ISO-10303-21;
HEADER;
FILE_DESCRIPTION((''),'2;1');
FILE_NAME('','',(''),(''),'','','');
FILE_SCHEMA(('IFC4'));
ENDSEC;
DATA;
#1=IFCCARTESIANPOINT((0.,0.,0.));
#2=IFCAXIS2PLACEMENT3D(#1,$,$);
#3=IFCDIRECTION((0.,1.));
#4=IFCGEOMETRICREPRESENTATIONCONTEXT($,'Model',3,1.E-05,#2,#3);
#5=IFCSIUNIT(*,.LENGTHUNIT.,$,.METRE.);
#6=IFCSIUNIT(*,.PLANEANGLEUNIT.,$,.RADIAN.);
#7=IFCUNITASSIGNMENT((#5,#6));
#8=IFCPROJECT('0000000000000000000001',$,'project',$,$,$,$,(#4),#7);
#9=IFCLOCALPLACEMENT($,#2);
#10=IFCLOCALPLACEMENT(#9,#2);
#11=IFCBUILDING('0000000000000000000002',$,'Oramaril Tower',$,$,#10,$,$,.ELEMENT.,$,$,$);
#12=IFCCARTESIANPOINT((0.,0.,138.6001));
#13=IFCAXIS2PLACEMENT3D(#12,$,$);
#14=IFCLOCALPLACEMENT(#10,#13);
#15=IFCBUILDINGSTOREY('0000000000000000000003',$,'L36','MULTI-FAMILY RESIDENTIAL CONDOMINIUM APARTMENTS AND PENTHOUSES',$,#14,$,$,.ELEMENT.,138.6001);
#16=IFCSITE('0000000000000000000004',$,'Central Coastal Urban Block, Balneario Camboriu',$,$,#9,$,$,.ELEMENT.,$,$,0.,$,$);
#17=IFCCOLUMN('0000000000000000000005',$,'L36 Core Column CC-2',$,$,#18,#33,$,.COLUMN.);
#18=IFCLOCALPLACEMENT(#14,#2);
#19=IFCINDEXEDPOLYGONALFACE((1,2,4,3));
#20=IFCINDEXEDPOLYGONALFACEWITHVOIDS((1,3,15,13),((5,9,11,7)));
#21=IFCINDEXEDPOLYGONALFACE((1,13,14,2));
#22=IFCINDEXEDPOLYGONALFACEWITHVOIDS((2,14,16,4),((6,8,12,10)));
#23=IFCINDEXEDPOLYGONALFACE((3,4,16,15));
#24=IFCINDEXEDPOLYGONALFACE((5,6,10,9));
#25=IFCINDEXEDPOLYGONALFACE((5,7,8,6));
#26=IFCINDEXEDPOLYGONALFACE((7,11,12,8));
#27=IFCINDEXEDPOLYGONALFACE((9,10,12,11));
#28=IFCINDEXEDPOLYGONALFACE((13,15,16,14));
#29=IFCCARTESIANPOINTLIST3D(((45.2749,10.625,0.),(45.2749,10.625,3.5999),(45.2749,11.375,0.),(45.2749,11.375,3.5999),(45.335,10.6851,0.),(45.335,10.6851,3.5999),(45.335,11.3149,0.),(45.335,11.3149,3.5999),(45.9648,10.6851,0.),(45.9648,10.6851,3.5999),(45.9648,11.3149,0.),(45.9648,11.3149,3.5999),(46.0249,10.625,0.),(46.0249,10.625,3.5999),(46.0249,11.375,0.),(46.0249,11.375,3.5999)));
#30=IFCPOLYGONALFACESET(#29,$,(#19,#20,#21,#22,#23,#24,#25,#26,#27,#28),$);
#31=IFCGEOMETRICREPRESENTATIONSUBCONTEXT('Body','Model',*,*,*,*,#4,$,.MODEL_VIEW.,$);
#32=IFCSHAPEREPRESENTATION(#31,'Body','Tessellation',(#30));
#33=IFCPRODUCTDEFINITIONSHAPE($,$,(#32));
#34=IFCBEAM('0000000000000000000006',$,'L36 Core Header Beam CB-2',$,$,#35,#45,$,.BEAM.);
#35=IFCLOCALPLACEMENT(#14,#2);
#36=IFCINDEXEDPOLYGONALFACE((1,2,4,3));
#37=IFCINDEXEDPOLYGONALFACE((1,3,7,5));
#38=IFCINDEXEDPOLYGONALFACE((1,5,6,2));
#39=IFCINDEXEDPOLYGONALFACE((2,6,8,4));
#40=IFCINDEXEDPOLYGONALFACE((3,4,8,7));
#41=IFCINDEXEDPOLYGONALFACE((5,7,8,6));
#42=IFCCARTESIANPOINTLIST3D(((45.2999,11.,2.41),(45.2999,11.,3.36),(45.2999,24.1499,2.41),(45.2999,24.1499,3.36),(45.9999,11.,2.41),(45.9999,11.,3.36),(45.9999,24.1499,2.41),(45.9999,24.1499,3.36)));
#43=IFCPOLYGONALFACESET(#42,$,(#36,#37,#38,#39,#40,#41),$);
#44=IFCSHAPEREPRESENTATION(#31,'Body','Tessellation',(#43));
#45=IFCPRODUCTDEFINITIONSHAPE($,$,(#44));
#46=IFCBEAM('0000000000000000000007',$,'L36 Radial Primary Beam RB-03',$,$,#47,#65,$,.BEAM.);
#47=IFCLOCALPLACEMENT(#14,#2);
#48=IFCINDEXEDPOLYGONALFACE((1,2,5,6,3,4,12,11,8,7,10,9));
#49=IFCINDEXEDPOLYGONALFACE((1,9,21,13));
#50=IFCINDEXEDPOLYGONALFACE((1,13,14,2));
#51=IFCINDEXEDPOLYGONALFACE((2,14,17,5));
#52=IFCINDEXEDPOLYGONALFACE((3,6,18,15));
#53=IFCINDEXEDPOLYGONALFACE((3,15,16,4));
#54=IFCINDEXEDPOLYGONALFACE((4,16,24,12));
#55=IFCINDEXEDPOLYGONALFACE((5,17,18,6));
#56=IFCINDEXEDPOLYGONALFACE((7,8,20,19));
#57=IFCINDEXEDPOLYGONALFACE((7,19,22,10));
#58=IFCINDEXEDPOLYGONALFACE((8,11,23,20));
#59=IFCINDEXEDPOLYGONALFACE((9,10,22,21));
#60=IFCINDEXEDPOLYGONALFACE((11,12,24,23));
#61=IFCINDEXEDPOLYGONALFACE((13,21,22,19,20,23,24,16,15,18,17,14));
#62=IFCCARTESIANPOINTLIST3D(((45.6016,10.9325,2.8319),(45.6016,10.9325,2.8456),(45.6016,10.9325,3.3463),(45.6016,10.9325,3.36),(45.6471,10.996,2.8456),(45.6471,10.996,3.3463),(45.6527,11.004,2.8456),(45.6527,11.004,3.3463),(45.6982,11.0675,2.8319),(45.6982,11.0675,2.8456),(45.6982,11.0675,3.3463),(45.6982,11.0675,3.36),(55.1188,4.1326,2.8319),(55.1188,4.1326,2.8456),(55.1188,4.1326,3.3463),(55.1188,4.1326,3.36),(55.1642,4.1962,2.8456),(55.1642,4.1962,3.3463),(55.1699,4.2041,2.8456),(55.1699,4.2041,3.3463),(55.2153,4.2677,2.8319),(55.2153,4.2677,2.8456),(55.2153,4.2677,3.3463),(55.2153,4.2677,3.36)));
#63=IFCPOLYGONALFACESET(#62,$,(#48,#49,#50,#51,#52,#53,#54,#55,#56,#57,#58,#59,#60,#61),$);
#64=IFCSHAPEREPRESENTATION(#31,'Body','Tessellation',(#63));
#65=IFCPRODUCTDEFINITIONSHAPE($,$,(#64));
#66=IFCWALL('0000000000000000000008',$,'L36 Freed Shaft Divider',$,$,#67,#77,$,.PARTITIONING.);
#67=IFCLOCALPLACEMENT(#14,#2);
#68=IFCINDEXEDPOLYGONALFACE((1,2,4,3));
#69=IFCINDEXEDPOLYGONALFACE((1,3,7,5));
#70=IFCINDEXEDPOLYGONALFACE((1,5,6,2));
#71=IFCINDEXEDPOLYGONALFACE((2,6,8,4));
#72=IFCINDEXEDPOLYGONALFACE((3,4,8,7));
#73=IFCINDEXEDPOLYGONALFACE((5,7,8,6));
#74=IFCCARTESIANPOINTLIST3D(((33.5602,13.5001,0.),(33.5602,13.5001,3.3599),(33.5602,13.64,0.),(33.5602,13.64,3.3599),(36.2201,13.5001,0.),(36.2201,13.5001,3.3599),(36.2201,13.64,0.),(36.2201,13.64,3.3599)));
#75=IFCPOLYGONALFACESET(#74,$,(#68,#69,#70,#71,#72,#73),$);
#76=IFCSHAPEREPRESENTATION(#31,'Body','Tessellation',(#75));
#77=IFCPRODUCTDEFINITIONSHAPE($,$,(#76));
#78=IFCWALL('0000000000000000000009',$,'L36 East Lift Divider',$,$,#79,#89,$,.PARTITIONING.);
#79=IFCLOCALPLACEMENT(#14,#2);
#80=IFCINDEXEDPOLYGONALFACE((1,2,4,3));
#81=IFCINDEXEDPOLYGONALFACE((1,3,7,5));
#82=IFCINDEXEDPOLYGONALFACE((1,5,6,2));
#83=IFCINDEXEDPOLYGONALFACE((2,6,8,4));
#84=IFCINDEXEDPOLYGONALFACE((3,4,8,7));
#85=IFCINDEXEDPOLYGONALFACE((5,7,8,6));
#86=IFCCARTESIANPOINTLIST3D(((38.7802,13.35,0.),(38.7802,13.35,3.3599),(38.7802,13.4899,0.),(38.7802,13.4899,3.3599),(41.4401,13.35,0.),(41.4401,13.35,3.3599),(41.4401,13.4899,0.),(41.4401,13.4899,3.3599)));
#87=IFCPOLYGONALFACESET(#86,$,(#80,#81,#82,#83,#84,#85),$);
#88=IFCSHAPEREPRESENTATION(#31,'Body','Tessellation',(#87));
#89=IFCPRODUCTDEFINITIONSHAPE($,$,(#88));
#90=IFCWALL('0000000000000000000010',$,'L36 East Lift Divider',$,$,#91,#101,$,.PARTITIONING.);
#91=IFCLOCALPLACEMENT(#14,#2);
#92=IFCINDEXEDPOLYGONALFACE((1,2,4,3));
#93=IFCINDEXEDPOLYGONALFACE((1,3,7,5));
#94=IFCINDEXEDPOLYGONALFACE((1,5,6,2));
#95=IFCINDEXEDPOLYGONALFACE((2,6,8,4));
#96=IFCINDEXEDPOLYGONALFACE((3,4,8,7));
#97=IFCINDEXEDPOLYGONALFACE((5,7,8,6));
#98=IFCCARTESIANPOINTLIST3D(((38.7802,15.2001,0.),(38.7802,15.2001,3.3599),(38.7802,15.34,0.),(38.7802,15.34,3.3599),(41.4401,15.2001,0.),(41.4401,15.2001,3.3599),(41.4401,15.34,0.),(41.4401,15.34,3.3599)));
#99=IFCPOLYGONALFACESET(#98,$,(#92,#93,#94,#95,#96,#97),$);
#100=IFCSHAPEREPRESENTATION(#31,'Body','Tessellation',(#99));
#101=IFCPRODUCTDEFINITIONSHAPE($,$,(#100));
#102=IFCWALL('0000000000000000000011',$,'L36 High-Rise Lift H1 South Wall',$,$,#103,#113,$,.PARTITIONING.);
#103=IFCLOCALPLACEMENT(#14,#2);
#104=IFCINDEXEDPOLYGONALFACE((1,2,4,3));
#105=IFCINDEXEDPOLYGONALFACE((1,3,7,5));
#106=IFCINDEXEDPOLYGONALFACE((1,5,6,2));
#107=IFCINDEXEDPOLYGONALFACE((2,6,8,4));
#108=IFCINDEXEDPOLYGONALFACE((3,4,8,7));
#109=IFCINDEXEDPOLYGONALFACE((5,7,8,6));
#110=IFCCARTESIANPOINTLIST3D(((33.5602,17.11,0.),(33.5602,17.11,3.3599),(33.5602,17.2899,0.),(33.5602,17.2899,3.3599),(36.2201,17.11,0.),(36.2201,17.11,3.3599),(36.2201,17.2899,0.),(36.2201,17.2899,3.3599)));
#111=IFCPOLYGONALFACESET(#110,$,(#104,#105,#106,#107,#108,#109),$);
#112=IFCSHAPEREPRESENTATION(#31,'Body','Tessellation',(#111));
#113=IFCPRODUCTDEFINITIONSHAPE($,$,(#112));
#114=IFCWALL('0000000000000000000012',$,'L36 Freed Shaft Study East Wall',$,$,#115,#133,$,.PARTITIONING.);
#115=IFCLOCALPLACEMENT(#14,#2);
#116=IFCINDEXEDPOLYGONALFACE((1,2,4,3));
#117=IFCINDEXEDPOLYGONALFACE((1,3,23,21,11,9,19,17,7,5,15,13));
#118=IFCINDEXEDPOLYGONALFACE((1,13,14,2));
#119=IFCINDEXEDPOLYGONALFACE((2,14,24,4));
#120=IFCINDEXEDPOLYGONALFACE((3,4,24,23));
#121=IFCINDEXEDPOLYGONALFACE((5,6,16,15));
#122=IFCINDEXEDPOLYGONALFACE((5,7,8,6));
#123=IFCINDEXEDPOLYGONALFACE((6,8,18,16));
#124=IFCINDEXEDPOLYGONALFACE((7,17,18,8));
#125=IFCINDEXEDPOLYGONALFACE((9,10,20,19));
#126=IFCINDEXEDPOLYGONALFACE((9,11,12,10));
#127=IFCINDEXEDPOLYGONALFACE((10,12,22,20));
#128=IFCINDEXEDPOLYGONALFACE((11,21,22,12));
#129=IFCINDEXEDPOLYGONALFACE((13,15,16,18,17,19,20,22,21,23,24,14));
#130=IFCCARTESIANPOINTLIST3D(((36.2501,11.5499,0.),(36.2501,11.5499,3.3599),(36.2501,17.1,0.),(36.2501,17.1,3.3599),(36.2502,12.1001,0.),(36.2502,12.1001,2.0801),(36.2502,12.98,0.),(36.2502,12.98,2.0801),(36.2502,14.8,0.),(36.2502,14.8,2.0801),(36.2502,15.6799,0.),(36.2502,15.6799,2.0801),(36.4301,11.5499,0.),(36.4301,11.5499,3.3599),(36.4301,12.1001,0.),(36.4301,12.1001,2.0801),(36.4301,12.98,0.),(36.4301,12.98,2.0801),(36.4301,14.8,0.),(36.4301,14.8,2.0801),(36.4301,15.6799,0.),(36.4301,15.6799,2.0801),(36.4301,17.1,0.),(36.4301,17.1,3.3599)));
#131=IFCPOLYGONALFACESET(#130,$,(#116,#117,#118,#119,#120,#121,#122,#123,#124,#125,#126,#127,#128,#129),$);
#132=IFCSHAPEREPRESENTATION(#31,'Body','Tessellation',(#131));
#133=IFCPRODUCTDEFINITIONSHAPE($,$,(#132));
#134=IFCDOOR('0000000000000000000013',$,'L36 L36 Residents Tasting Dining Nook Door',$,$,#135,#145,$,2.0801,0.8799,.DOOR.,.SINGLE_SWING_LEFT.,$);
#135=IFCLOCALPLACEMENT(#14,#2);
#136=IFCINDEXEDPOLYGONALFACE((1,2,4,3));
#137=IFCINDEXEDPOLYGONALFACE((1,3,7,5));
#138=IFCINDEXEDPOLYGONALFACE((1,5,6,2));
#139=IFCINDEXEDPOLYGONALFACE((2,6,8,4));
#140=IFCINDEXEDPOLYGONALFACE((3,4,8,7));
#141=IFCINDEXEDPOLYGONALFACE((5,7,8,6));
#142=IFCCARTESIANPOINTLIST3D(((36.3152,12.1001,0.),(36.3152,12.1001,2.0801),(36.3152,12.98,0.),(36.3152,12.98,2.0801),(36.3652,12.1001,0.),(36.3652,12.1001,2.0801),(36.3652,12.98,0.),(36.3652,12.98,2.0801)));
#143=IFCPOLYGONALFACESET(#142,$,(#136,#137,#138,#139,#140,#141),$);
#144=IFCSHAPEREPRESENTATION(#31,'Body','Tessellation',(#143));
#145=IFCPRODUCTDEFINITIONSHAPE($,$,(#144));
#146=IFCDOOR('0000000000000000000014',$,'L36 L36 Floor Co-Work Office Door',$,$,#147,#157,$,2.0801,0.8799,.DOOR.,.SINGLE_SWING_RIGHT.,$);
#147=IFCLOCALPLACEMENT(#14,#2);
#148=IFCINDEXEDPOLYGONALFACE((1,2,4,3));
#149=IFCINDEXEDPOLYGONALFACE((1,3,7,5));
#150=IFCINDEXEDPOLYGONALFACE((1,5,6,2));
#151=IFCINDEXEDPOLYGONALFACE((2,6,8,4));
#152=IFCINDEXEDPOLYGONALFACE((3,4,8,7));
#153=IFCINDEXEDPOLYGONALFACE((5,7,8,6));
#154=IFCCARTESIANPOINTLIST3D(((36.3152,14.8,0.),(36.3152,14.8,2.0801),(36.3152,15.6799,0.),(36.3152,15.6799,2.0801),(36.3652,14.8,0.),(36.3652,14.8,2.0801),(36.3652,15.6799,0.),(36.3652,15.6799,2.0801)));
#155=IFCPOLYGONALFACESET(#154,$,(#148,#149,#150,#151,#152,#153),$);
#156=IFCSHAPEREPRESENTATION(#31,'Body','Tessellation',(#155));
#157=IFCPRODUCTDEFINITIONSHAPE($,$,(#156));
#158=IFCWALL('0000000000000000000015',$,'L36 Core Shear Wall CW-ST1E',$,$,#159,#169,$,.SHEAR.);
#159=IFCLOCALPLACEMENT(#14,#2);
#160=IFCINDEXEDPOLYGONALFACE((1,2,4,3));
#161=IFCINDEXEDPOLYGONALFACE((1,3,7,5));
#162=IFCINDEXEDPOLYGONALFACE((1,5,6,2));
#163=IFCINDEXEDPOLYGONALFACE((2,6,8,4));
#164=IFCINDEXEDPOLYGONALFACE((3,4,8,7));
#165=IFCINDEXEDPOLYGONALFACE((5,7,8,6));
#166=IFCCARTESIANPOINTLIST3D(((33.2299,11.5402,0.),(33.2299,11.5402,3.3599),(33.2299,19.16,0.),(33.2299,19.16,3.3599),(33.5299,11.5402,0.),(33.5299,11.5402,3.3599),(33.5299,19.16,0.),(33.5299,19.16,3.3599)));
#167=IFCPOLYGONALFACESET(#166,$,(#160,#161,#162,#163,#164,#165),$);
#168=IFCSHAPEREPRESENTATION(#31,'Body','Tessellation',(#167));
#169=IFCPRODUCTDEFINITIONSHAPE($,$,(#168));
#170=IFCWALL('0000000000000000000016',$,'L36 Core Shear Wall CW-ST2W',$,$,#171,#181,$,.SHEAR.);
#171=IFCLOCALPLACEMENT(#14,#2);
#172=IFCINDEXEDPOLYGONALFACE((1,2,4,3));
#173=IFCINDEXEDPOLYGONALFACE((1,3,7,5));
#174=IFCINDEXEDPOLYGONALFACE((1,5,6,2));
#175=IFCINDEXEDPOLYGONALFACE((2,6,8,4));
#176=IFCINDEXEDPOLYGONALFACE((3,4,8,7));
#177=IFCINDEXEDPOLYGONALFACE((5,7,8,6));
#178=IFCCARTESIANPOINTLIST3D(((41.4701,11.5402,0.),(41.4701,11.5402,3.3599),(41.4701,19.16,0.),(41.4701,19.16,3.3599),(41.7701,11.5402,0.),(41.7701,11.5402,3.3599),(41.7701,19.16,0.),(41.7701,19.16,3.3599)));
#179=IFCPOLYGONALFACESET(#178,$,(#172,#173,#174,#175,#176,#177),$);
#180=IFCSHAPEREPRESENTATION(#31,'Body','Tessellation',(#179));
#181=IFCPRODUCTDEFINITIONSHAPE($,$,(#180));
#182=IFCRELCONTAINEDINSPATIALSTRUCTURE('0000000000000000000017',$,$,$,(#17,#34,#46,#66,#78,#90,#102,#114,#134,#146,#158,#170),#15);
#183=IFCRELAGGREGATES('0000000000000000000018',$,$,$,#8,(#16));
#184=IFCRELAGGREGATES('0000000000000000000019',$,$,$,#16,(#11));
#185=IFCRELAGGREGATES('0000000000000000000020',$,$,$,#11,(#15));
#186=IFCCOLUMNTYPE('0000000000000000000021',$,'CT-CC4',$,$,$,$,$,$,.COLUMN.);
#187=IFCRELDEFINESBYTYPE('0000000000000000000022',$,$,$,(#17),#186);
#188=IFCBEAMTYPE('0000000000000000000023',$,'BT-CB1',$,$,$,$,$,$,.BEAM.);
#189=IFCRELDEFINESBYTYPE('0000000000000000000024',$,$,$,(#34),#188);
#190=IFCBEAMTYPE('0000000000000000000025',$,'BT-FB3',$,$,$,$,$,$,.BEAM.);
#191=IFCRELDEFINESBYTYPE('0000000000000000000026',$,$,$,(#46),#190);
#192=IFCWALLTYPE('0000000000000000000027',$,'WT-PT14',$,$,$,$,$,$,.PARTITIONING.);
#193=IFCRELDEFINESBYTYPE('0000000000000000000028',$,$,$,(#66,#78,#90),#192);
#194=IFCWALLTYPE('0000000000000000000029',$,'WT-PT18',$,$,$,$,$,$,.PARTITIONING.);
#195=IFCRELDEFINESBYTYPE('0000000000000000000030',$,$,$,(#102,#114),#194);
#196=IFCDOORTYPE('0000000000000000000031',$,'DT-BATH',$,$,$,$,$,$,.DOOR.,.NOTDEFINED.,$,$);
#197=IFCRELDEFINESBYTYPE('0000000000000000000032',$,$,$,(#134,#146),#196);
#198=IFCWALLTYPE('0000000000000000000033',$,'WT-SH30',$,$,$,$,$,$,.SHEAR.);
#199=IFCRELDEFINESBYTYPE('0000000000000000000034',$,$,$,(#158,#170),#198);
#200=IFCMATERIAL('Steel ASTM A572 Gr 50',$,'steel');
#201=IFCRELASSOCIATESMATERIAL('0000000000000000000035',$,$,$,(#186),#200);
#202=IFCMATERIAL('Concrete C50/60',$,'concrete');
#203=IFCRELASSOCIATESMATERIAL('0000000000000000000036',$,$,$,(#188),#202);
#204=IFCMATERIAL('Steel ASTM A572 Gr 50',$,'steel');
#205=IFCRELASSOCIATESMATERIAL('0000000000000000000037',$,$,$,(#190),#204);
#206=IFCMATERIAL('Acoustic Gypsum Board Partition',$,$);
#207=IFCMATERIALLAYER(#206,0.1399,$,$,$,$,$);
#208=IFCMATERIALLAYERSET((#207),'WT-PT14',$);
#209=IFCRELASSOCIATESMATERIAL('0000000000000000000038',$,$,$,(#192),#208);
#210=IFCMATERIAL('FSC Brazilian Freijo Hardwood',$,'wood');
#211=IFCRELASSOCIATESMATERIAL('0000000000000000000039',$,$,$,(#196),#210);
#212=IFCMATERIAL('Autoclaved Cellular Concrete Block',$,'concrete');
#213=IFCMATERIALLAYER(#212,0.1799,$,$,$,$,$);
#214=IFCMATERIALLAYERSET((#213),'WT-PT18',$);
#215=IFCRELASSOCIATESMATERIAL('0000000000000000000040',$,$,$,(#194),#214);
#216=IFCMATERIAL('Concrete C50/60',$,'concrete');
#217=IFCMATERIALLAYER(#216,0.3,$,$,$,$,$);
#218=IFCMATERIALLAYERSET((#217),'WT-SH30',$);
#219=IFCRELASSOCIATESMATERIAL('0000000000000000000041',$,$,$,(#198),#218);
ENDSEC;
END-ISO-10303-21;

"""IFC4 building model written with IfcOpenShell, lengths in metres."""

from ifc_helpers import new_model, si_unit, direction, frame, frame_2d, origin, origin_2d, place, context, subcontext, project, spatial, rectangle, hollow_rectangle, i_section, extrude, material, layer, layer_set, material_profile, profile_set, type_object, element, fill, save


model = new_model("IFC4")

# Units and contexts
model_context = context("Model", 3, precision=1e-05, world=origin(), true_north=direction((0.0, 1.0)))
body_context = subcontext(model_context, "Body", "Model", "MODEL_VIEW")
ifc_project = project(units=[si_unit("LENGTHUNIT", "METRE"), si_unit("PLANEANGLEUNIT", "RADIAN")], contexts=[model_context])

# Site, building, storey
site_placement = place(None, origin())
site = spatial("IfcSite", under=ifc_project, at=site_placement, Name="Central Coastal Urban Block, Balneario Camboriu", CompositionType="ELEMENT", RefElevation=0.0)
building_placement = place(site_placement, origin())
building = spatial("IfcBuilding", under=site, at=building_placement, Name="Oramaril Tower", CompositionType="ELEMENT")
storey_placement = place(building_placement, frame((0.0, 0.0, 138.6001)))
storey = spatial("IfcBuildingStorey", under=building, at=storey_placement, Name="L36", Description="MULTI-FAMILY RESIDENTIAL CONDOMINIUM APARTMENTS AND PENTHOUSES", CompositionType="ELEMENT", Elevation=138.6001)

# Column
ifc_material_1 = material(Name="Steel ASTM A572 Gr 50", Category="steel")
ifc_material_profile_1 = material_profile(ifc_material_1, hollow_rectangle(XDim=0.75, YDim=0.75, WallThickness=0.0601, at=origin_2d()), Name="BOX750X750X60")
ifc_profile_set_1 = profile_set([ifc_material_profile_1], Name="Steel ASTM A572 Gr 50")
column_type = type_object("IfcColumnType", Name="CT-CC4", PredefinedType="COLUMN", material=ifc_profile_set_1)
column_placement = place(storey_placement, frame((45.6499, 11.0, 0.0), z_axis=(0.0, 0.0, 1.0), x_axis=(1.0, 0.0, 0.0)))
element("IfcColumn", 1, at=column_placement, inside=storey, type_object=column_type, Name="L36 Core Column CC-2", PredefinedType="COLUMN", context=body_context, shape_type="SweptSolid", body=[
    extrude(hollow_rectangle(XDim=0.75, YDim=0.75, WallThickness=0.0601, at=origin_2d()), origin(), (0.0, 0.0, 1.0), 3.5999),
])

# Beams
ifc_material_2 = material(Name="Concrete C50/60", Category="concrete")
ifc_material_profile_2 = material_profile(ifc_material_2, rectangle(XDim=0.7, YDim=0.95, at=origin_2d()), Name="CB700X950")
ifc_profile_set_2 = profile_set([ifc_material_profile_2], Name="Concrete C50/60")
beam_type_1 = type_object("IfcBeamType", Name="BT-CB1", PredefinedType="BEAM", material=ifc_profile_set_2)
beam_1_placement = place(storey_placement, frame((45.6499, 11.0, 2.885), z_axis=(0.0, 1.0, 0.0), x_axis=(-1.0, 0.0, 0.0)))
element("IfcBeam", 2, at=beam_1_placement, inside=storey, type_object=beam_type_1, Name="L36 Core Header Beam CB-2", PredefinedType="BEAM", context=body_context, shape_type="SweptSolid", body=[
    extrude(rectangle(XDim=0.7, YDim=0.95, at=origin_2d()), origin(), (0.0, 0.0, 1.0), 13.1499),
])
ifc_material_3 = material(Name="Steel ASTM A572 Gr 50", Category="steel")
ifc_material_profile_3 = material_profile(ifc_material_3, i_section(OverallWidth=0.166, OverallDepth=0.5281, WebThickness=0.0098, FlangeThickness=0.0137, at=origin_2d()), Name="W21X50")
ifc_profile_set_3 = profile_set([ifc_material_profile_3], Name="Steel ASTM A572 Gr 50")
beam_type_2 = type_object("IfcBeamType", Name="BT-FB3", PredefinedType="BEAM", material=ifc_profile_set_3)
beam_2_placement = place(storey_placement, frame((45.6499, 11.0, 3.0959), z_axis=(0.813657, -0.581345, 0.0), x_axis=(0.581345, 0.813657, 0.0)))
element("IfcBeam", 3, at=beam_2_placement, inside=storey, type_object=beam_type_2, Name="L36 Radial Primary Beam RB-03", PredefinedType="BEAM", context=body_context, shape_type="SweptSolid", body=[
    extrude(i_section(OverallWidth=0.166, OverallDepth=0.5281, WebThickness=0.0098, FlangeThickness=0.0137, at=origin_2d()), origin(), (0.0, 0.0, 1.0), 11.6968),
])

# Walls
ifc_material_4 = material(Name="Acoustic Gypsum Board Partition")
ifc_layer_1 = layer(ifc_material_4, 0.1399)
ifc_layer_set_1 = layer_set([ifc_layer_1], Name="WT-PT14")
wall_type_1 = type_object("IfcWallType", Name="WT-PT14", PredefinedType="PARTITIONING", material=ifc_layer_set_1)
for number, where, z_axis, x_axis, name in (
    (4, (33.5601, 13.5701, 0.0), (0.0, 0.0, 1.0), (1.0, 0.0, 0.0), "L36 Freed Shaft Divider"),
    (5, (38.78, 13.4199, 0.0), (0.0, 0.0, 1.0), (1.0, 0.0, 0.0), "L36 East Lift Divider"),
    (6, (38.78, 15.27, 0.0), (0.0, 0.0, 1.0), (1.0, 0.0, 0.0), "L36 East Lift Divider"),
):
    element("IfcWall", number, at=place(storey_placement, frame(where, z_axis=z_axis, x_axis=x_axis)), inside=storey, type_object=wall_type_1, Name=name, PredefinedType="PARTITIONING", context=body_context, shape_type="SweptSolid", body=[
        extrude(rectangle(XDim=2.6599, YDim=0.1399, at=frame_2d((1.3301, 0.0))), origin(), (0.0, 0.0, 1.0), 3.3599),
    ])

# Shared definitions
ifc_material_5 = material(Name="FSC Brazilian Freijo Hardwood", Category="wood")
door_type_1 = type_object("IfcDoorType", Name="DT-BATH", OperationType="NOTDEFINED", PredefinedType="DOOR", material=ifc_material_5)

# Wall
ifc_material_6 = material(Name="Autoclaved Cellular Concrete Block", Category="concrete")
ifc_layer_2 = layer(ifc_material_6, 0.1799)
ifc_layer_set_2 = layer_set([ifc_layer_2], Name="WT-PT18")
wall_type_2 = type_object("IfcWallType", Name="WT-PT18", PredefinedType="PARTITIONING", material=ifc_layer_set_2)
wall_1_placement = place(storey_placement, frame((33.5601, 17.2, 0.0), z_axis=(0.0, 0.0, 1.0), x_axis=(1.0, 0.0, 0.0)))
element("IfcWall", 7, at=wall_1_placement, inside=storey, type_object=wall_type_2, Name="L36 High-Rise Lift H1 South Wall", PredefinedType="PARTITIONING", context=body_context, shape_type="SweptSolid", body=[
    extrude(rectangle(XDim=2.6599, YDim=0.1799, at=frame_2d((1.3301, 0.0))), origin(), (0.0, 0.0, 1.0), 3.3599),
])

# Wall, openings, doors
wall_2_placement = place(storey_placement, frame((36.3401, 11.55, 0.0), z_axis=(0.0, 0.0, 1.0), x_axis=(0.0, 1.0, 0.0)))
wall_2 = element("IfcWall", 8, at=wall_2_placement, inside=storey, type_object=wall_type_2, Name="L36 Freed Shaft Study East Wall", PredefinedType="PARTITIONING", context=body_context, shape_type="SweptSolid", body=[
    extrude(rectangle(XDim=5.55, YDim=0.1799, at=frame_2d((2.7749, 0.0))), origin(), (0.0, 0.0, 1.0), 3.3599),
])
opening_1_placement = place(wall_2_placement, frame((0.55, 0.0, 0.0)))
opening_1 = element("IfcOpeningElement", 9, at=opening_1_placement, cuts=wall_2, PredefinedType="OPENING", context=body_context, shape_type="SweptSolid", body=[
    extrude(rectangle(XDim=0.8799, YDim=2.0801, at=frame_2d((0.4399, 1.04))), frame((0.0, 0.0898, 0.0), z_axis=(0.0, -1.0, 0.0), x_axis=(1.0, 0.0, 0.0)), (0.0, 0.0, 1.0), 0.1799),
])
opening_2_placement = place(wall_2_placement, frame((3.25, 0.0, 0.0)))
opening_2 = element("IfcOpeningElement", 10, at=opening_2_placement, cuts=wall_2, PredefinedType="OPENING", context=body_context, shape_type="SweptSolid", body=[
    extrude(rectangle(XDim=0.8799, YDim=2.0801, at=frame_2d((0.4399, 1.04))), frame((0.0, 0.0898, 0.0), z_axis=(0.0, -1.0, 0.0), x_axis=(1.0, 0.0, 0.0)), (0.0, 0.0, 1.0), 0.1799),
])
door_1_placement = place(opening_1_placement, origin())
door_1 = element("IfcDoor", 11, at=door_1_placement, inside=storey, type_object=door_type_1, Name="L36 L36 Residents Tasting Dining Nook Door", OperationType="SINGLE_SWING_LEFT", OverallHeight=2.0801, OverallWidth=0.8799, PredefinedType="DOOR", context=body_context, shape_type="SweptSolid", body=[
    extrude(rectangle(XDim=0.8799, YDim=2.0801, at=frame_2d((0.4399, 1.04))), frame((0.0, 0.0249, 0.0), z_axis=(0.0, -1.0, 0.0), x_axis=(1.0, 0.0, 0.0)), (0.0, 0.0, 1.0), 0.05),
])
fill(opening_1, door_1)
door_2_placement = place(opening_2_placement, origin())
door_2 = element("IfcDoor", 12, at=door_2_placement, inside=storey, type_object=door_type_1, Name="L36 L36 Floor Co-Work Office Door", OperationType="SINGLE_SWING_RIGHT", OverallHeight=2.0801, OverallWidth=0.8799, PredefinedType="DOOR", context=body_context, shape_type="SweptSolid", body=[
    extrude(rectangle(XDim=0.8799, YDim=2.0801, at=frame_2d((0.4399, 1.04))), frame((0.0, 0.0249, 0.0), z_axis=(0.0, -1.0, 0.0), x_axis=(1.0, 0.0, 0.0)), (0.0, 0.0, 1.0), 0.05),
])
fill(opening_2, door_2)

# Walls
ifc_material_7 = material(Name="Concrete C50/60", Category="concrete")
ifc_layer_3 = layer(ifc_material_7, 0.3)
ifc_layer_set_3 = layer_set([ifc_layer_3], Name="WT-SH30")
wall_type_3 = type_object("IfcWallType", Name="WT-SH30", PredefinedType="SHEAR", material=ifc_layer_set_3)
for number, where, z_axis, x_axis, name in (
    (13, (33.3799, 11.54, 0.0), (0.0, 0.0, 1.0), (0.0, 1.0, 0.0), "L36 Core Shear Wall CW-ST1E"),
    (14, (41.6201, 11.54, 0.0), (0.0, 0.0, 1.0), (0.0, 1.0, 0.0), "L36 Core Shear Wall CW-ST2W"),
):
    element("IfcWall", number, at=place(storey_placement, frame(where, z_axis=z_axis, x_axis=x_axis)), inside=storey, type_object=wall_type_3, Name=name, PredefinedType="SHEAR", context=body_context, shape_type="SweptSolid", body=[
        extrude(rectangle(XDim=7.6199, YDim=0.3, at=frame_2d((3.8101, 0.0))), origin(), (0.0, 0.0, 1.0), 3.3599),
    ])

save(model, "model.ifc")
